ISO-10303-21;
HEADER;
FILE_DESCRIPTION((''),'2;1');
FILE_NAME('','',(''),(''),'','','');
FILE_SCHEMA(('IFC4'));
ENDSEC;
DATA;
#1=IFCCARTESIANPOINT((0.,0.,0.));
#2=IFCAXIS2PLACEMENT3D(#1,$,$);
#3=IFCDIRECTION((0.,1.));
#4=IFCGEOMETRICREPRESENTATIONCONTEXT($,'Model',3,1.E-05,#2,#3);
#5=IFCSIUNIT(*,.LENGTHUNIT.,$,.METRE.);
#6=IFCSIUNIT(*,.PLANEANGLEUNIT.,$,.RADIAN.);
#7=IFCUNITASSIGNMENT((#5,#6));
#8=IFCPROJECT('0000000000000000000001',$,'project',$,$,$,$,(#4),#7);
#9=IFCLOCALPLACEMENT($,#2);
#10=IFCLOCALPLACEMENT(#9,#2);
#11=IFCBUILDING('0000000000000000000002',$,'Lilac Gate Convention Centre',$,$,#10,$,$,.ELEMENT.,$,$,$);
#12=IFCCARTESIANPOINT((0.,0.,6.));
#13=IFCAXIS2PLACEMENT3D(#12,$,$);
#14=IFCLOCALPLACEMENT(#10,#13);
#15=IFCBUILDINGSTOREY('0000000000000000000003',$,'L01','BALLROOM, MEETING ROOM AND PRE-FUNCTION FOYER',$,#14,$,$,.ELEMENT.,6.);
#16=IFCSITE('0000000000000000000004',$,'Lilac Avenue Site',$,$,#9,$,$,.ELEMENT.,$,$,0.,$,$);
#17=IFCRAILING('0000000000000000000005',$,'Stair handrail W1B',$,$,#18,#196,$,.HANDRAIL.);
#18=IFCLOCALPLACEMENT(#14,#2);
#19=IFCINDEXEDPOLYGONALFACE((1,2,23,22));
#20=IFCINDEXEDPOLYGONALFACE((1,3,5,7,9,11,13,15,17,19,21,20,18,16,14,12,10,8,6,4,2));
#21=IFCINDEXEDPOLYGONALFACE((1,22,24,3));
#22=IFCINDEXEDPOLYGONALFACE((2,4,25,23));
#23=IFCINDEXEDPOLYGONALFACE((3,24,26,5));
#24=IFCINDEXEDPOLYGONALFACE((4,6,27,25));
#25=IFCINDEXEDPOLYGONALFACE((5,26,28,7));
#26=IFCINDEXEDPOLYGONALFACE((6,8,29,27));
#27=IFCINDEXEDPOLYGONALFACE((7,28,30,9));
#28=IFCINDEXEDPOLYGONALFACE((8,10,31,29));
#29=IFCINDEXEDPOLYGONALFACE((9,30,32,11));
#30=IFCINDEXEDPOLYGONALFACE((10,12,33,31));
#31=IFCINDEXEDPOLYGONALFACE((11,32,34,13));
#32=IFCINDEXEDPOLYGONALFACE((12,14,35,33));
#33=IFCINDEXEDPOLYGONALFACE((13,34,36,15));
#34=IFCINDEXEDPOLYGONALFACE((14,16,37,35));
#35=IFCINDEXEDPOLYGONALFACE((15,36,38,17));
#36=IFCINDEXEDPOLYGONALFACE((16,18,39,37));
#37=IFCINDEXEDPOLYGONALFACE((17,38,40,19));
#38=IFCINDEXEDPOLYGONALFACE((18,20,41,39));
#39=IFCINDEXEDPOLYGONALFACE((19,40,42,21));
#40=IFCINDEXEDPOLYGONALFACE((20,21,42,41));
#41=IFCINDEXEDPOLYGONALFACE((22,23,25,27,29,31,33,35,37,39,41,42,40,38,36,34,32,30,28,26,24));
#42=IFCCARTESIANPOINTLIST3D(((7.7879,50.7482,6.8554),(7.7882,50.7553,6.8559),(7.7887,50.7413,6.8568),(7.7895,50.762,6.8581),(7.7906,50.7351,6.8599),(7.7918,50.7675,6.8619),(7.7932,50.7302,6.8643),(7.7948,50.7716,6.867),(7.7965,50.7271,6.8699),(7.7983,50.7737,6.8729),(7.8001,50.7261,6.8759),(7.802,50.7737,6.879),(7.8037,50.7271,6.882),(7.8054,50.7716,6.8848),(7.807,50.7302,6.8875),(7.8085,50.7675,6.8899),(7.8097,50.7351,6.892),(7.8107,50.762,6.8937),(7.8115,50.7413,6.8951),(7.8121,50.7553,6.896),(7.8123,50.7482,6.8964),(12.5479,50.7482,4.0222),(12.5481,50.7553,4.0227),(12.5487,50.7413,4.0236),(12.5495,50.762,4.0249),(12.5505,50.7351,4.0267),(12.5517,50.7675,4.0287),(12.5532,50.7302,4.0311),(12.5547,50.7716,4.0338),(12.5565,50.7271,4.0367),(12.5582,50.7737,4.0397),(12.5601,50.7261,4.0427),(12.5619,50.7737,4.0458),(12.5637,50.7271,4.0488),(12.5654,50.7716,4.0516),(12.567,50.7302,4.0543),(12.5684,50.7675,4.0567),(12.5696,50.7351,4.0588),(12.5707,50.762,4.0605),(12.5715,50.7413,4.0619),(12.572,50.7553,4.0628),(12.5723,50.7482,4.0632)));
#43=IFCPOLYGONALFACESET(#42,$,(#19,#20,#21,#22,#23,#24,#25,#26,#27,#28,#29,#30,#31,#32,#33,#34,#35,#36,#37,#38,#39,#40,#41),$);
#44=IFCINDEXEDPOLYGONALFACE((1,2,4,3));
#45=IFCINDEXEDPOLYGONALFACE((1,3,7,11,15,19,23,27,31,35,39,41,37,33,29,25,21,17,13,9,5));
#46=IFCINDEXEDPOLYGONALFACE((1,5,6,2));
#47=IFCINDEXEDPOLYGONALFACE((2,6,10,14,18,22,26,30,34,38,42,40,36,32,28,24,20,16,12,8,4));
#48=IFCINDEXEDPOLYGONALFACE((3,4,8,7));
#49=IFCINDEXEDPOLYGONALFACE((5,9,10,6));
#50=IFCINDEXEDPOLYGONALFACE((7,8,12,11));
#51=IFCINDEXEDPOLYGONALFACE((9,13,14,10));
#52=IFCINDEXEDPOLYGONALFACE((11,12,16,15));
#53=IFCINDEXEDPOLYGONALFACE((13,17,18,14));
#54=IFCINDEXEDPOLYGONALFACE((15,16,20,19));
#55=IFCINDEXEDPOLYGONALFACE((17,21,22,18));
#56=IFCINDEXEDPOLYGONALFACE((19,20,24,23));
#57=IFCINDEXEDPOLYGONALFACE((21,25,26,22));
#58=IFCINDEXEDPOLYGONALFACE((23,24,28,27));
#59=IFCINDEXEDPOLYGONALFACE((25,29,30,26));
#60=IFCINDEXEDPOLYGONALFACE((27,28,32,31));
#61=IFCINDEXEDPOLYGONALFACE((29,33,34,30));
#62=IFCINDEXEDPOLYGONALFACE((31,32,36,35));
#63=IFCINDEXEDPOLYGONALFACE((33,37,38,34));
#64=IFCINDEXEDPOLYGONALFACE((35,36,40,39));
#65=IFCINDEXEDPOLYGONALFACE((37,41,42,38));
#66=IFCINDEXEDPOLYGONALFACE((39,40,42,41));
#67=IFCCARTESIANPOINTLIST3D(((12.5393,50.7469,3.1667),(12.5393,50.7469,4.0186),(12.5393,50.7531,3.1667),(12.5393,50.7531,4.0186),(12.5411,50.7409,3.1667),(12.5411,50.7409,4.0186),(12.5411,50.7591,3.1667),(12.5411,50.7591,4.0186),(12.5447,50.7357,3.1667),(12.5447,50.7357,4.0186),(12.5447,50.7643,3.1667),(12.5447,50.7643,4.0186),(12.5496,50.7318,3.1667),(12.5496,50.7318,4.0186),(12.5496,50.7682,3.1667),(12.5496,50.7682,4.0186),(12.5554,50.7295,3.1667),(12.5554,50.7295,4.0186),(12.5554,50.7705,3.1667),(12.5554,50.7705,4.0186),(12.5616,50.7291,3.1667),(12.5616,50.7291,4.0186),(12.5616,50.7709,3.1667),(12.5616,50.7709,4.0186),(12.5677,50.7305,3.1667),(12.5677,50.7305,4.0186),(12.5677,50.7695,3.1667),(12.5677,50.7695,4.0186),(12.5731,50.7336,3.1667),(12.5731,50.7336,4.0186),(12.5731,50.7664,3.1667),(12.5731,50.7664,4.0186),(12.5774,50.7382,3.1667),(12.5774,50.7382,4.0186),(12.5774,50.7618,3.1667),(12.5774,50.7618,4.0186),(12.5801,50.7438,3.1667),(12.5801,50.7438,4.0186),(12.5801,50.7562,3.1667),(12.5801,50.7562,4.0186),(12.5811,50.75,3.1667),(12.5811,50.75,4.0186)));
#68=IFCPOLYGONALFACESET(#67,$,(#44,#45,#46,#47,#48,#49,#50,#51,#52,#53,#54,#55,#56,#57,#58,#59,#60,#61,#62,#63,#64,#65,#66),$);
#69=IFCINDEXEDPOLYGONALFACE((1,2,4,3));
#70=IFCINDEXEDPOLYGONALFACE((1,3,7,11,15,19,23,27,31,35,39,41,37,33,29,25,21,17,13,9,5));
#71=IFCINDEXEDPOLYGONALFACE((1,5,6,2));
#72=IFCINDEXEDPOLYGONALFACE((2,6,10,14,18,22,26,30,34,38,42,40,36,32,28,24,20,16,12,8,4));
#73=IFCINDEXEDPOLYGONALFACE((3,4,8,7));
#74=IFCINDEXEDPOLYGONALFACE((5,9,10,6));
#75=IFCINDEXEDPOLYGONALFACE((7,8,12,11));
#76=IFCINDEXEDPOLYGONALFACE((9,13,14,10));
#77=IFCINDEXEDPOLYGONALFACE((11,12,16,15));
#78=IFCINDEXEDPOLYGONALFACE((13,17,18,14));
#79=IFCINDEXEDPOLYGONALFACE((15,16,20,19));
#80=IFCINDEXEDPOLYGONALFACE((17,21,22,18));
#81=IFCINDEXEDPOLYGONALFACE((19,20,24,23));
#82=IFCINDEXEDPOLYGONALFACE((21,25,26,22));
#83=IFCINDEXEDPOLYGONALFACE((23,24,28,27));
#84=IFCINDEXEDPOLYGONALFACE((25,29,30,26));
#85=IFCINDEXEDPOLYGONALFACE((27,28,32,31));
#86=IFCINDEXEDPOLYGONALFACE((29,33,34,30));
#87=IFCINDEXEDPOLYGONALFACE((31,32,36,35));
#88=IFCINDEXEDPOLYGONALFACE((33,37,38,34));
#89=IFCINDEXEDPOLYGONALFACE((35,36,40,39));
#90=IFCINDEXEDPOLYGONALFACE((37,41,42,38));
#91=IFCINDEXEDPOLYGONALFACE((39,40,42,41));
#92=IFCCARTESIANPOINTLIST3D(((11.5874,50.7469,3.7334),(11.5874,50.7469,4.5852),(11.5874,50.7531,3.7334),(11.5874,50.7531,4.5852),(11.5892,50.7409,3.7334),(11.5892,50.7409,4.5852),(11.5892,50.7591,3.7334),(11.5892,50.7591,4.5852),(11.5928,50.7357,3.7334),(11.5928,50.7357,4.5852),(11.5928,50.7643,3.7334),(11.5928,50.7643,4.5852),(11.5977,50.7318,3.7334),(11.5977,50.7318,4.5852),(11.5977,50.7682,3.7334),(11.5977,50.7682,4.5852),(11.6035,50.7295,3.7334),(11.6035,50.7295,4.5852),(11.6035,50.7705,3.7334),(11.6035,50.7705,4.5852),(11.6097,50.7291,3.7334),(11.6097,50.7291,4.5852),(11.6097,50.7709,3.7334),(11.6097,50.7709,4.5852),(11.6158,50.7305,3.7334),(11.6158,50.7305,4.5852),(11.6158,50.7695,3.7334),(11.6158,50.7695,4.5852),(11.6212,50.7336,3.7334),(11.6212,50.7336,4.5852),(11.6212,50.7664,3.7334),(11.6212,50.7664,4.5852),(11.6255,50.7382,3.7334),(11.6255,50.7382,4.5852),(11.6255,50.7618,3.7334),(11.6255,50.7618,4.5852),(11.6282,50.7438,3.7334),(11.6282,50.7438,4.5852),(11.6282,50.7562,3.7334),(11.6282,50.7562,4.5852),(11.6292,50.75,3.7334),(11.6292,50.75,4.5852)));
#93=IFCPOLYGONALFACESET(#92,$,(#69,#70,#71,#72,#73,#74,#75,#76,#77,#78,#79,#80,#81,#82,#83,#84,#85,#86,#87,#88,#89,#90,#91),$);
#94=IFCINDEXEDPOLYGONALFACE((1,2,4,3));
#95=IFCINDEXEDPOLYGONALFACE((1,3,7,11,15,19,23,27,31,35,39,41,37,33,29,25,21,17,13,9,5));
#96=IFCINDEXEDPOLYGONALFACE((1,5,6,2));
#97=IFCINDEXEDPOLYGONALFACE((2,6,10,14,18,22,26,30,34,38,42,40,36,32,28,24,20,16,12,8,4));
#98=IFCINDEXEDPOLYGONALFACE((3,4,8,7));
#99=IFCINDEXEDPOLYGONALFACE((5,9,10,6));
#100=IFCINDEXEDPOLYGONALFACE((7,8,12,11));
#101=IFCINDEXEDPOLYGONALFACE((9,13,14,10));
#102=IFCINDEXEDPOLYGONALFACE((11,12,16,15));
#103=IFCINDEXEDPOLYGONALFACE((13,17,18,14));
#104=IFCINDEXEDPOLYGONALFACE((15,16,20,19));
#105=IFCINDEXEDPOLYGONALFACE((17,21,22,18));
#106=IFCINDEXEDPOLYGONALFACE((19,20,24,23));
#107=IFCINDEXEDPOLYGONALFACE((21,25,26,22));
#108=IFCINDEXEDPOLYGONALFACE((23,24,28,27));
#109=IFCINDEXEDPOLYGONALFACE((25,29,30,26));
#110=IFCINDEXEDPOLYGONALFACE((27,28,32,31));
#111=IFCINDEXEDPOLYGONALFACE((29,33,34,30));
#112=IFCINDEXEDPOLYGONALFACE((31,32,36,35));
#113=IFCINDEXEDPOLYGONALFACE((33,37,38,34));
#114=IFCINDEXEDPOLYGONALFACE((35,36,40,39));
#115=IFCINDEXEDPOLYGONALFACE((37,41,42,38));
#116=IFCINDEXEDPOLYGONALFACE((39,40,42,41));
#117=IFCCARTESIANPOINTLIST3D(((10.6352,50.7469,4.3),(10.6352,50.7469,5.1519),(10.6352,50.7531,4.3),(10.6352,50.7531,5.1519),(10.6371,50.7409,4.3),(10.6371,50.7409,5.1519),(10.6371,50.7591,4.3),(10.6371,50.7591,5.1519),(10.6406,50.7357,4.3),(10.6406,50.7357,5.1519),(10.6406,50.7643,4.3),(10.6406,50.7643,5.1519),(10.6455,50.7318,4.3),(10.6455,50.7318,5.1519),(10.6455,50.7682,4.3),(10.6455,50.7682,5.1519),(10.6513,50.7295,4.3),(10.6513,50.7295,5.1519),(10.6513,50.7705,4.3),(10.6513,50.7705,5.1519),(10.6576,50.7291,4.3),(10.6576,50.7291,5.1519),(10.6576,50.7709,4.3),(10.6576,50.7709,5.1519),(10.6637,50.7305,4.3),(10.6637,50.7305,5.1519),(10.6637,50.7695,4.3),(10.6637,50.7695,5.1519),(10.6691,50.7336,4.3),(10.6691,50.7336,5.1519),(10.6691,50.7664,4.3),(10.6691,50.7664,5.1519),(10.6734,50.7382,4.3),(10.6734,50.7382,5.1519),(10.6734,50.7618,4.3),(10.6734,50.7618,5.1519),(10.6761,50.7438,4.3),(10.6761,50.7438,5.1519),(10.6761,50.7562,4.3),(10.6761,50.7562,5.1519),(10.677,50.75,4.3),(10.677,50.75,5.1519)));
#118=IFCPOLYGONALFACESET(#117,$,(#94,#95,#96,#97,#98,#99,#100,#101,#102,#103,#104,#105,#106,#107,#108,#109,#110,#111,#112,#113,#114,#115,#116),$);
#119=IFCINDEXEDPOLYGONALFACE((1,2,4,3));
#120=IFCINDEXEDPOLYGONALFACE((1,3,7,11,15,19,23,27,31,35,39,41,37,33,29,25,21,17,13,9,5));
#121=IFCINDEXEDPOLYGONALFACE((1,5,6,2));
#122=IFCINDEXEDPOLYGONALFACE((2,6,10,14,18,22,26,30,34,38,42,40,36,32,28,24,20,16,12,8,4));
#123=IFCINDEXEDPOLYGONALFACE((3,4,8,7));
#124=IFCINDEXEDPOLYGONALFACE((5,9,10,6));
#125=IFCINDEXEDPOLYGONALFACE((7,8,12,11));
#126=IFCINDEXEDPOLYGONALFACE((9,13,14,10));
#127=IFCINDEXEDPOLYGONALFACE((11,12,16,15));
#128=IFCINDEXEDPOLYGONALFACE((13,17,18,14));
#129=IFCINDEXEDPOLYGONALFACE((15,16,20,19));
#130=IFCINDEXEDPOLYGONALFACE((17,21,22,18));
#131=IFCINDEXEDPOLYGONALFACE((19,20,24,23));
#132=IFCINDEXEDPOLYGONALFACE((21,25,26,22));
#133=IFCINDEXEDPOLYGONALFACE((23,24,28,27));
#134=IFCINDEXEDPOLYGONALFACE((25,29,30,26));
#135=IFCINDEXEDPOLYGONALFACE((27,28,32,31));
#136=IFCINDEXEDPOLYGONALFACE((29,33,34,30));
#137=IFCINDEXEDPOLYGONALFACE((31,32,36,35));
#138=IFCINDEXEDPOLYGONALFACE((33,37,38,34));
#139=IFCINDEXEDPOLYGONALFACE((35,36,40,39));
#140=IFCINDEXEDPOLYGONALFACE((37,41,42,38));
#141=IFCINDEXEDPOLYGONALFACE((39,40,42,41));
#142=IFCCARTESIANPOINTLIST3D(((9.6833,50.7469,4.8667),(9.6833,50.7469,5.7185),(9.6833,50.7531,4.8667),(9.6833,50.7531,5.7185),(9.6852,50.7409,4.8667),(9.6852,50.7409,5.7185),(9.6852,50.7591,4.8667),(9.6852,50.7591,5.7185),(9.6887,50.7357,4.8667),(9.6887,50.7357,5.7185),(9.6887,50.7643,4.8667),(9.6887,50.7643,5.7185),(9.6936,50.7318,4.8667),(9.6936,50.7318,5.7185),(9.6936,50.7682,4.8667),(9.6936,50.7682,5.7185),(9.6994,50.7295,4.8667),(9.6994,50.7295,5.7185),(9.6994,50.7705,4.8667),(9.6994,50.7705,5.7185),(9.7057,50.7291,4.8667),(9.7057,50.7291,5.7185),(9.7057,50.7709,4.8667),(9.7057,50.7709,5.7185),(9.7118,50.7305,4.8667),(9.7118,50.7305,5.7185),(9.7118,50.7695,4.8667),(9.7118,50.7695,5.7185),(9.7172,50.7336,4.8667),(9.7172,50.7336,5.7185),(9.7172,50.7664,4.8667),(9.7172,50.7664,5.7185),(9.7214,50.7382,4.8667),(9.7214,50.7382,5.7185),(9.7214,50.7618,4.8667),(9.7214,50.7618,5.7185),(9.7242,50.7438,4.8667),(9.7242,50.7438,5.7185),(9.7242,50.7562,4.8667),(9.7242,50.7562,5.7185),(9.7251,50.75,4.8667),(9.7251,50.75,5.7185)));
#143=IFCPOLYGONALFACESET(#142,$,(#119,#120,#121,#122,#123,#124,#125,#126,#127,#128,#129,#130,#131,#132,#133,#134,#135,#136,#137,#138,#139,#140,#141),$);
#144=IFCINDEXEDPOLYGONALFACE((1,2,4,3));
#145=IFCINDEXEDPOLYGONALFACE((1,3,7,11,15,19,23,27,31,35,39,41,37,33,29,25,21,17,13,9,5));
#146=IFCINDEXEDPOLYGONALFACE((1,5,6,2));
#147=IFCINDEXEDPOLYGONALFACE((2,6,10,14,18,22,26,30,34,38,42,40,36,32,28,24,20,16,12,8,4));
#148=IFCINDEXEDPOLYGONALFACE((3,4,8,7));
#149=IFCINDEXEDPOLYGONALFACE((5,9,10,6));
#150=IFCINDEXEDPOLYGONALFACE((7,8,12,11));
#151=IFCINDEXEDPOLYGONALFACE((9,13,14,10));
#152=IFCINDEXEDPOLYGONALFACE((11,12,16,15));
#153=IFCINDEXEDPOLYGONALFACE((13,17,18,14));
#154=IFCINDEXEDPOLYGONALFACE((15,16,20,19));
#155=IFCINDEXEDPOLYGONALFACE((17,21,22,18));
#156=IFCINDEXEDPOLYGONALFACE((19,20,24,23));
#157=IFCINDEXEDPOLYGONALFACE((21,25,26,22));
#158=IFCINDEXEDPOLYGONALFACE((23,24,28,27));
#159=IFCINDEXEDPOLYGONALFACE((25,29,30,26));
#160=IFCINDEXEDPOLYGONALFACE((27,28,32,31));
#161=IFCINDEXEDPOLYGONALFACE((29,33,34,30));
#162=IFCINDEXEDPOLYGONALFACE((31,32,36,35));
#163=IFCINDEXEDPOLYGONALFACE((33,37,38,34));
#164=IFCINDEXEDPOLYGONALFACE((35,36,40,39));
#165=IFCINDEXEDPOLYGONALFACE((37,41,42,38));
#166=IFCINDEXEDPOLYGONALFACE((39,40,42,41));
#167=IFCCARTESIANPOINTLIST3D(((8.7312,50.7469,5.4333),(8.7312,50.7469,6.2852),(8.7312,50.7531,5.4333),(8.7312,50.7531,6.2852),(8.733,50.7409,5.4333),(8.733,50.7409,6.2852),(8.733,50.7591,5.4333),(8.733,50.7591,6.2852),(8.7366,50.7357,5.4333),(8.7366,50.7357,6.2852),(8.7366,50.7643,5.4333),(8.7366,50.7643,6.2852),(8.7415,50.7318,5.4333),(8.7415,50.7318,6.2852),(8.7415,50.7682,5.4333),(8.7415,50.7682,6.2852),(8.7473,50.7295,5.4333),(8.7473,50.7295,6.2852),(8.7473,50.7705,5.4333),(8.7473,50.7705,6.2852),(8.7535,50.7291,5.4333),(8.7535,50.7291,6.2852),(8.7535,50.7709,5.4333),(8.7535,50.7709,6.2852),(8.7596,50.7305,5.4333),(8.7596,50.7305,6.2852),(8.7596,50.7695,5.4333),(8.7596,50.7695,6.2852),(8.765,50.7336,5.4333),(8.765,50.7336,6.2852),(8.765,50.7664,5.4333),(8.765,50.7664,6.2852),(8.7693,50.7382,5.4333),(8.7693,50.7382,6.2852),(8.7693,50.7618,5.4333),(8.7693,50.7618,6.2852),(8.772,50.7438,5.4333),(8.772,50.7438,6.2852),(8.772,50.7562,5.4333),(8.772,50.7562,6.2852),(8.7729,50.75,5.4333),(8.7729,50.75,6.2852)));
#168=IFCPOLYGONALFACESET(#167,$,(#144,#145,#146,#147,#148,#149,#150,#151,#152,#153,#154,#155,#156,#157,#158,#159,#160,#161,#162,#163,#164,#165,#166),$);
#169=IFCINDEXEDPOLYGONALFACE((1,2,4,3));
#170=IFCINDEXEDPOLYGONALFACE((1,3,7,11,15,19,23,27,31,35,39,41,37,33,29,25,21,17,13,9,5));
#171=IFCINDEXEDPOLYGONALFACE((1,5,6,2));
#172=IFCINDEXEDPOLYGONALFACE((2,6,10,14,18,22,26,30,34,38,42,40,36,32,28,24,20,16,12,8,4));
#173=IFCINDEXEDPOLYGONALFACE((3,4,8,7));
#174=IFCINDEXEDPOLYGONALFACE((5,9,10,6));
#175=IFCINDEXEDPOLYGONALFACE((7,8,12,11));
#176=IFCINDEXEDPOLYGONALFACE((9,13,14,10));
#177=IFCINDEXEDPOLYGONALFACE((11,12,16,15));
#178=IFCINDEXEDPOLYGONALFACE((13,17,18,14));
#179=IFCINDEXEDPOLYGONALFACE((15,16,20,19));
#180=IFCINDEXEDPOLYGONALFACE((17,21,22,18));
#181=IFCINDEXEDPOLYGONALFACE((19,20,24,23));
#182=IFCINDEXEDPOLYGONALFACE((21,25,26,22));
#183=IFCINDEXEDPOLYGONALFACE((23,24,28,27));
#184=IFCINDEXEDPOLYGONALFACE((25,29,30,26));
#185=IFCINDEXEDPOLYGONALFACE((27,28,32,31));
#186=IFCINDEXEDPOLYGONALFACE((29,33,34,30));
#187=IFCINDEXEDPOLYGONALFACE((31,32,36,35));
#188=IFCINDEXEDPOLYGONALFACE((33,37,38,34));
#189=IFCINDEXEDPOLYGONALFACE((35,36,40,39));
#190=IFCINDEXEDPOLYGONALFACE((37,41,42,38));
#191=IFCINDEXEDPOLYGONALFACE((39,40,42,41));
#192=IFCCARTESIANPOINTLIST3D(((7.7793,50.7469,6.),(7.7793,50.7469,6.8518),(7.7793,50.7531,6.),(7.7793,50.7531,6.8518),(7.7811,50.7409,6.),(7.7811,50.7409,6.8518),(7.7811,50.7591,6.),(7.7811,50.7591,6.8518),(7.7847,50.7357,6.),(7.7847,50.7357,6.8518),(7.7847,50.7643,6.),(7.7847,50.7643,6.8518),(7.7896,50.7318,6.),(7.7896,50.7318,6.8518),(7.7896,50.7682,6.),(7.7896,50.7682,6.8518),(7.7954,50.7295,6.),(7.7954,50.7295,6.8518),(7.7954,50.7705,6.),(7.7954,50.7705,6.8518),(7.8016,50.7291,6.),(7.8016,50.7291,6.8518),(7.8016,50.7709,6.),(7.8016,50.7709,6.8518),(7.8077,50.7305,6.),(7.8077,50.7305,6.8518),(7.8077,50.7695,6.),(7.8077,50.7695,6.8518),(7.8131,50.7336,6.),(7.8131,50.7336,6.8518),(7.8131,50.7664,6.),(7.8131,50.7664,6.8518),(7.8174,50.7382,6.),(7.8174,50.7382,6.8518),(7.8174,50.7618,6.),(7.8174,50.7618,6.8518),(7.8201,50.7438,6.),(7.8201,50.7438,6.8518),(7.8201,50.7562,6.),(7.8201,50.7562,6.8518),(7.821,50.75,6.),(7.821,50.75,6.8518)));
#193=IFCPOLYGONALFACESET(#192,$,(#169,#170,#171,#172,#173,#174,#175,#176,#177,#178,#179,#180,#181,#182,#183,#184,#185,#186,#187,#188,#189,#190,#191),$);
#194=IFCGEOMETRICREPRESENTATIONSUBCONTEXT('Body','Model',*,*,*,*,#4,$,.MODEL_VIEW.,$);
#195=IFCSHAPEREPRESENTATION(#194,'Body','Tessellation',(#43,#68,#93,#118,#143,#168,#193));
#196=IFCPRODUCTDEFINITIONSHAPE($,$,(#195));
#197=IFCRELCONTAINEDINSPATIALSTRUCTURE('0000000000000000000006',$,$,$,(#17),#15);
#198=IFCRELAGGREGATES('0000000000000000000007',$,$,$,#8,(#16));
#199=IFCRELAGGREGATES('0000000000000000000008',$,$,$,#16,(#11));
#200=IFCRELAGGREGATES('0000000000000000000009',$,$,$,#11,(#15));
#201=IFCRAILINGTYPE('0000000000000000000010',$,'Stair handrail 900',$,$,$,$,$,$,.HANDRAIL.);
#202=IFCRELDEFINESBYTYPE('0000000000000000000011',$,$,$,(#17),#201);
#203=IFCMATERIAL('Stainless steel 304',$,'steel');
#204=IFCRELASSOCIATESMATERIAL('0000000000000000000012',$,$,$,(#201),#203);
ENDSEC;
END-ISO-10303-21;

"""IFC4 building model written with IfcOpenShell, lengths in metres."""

from ifc_helpers import new_model, si_unit, direction, frame, origin, origin_2d, place, context, subcontext, project, spatial, circle, extrude, material, type_object, element, save


model = new_model("IFC4")

# Units and contexts
model_context = context("Model", 3, precision=1e-05, world=origin(), true_north=direction((0.0, 1.0)))
body_context = subcontext(model_context, "Body", "Model", "MODEL_VIEW")
ifc_project = project(units=[si_unit("LENGTHUNIT", "METRE"), si_unit("PLANEANGLEUNIT", "RADIAN")], contexts=[model_context])

# Site, building, storey
site_placement = place(None, origin())
site = spatial("IfcSite", under=ifc_project, at=site_placement, Name="Lilac Avenue Site", CompositionType="ELEMENT", RefElevation=0.0)
building_placement = place(site_placement, origin())
building = spatial("IfcBuilding", under=site, at=building_placement, Name="Lilac Gate Convention Centre", CompositionType="ELEMENT")
storey_placement = place(building_placement, frame((0.0, 0.0, 6.0)))
storey = spatial("IfcBuildingStorey", under=building, at=storey_placement, Name="L01", Description="BALLROOM, MEETING ROOM AND PRE-FUNCTION FOYER", CompositionType="ELEMENT", Elevation=6.0)

# Railing
ifc_material_1 = material(Name="Stainless steel 304", Category="steel")
railing_type_1 = type_object("IfcRailingType", Name="Stair handrail 900", PredefinedType="HANDRAIL", material=ifc_material_1)
for number, where, name in (
    (1, (12.5601, 50.75, 3.1667), "Stair handrail W1B"),
):
    element("IfcRailing", number, at=place(storey_placement, frame(where)), inside=storey, type_object=railing_type_1, Name=name, PredefinedType="HANDRAIL", context=body_context, shape_type="SweptSolid", body=[
        extrude(circle(Radius=0.0239, at=origin_2d()), frame((0.0, 0.0, 0.876), z_axis=(-0.8593, 0.0, 0.511472), x_axis=(0.0, -1.0, 0.0)), (0.0, 0.0, 1.0), 5.5393),
        extrude(circle(Radius=0.021, at=origin_2d()), origin(), (0.0, 0.0, 1.0), 0.8518),
        extrude(circle(Radius=0.021, at=origin_2d()), frame((-0.9519, 0.0, 0.5667)), (0.0, 0.0, 1.0), 0.8518),
        extrude(circle(Radius=0.021, at=origin_2d()), frame((-1.9041, 0.0, 1.1333)), (0.0, 0.0, 1.0), 0.8518),
        extrude(circle(Radius=0.021, at=origin_2d()), frame((-2.856, 0.0, 1.7)), (0.0, 0.0, 1.0), 0.8518),
        extrude(circle(Radius=0.021, at=origin_2d()), frame((-3.8081, 0.0, 2.2666)), (0.0, 0.0, 1.0), 0.8518),
        extrude(circle(Radius=0.021, at=origin_2d()), frame((-4.76, 0.0, 2.8333)), (0.0, 0.0, 1.0), 0.8518),
    ])

save(model, "model.ifc")
